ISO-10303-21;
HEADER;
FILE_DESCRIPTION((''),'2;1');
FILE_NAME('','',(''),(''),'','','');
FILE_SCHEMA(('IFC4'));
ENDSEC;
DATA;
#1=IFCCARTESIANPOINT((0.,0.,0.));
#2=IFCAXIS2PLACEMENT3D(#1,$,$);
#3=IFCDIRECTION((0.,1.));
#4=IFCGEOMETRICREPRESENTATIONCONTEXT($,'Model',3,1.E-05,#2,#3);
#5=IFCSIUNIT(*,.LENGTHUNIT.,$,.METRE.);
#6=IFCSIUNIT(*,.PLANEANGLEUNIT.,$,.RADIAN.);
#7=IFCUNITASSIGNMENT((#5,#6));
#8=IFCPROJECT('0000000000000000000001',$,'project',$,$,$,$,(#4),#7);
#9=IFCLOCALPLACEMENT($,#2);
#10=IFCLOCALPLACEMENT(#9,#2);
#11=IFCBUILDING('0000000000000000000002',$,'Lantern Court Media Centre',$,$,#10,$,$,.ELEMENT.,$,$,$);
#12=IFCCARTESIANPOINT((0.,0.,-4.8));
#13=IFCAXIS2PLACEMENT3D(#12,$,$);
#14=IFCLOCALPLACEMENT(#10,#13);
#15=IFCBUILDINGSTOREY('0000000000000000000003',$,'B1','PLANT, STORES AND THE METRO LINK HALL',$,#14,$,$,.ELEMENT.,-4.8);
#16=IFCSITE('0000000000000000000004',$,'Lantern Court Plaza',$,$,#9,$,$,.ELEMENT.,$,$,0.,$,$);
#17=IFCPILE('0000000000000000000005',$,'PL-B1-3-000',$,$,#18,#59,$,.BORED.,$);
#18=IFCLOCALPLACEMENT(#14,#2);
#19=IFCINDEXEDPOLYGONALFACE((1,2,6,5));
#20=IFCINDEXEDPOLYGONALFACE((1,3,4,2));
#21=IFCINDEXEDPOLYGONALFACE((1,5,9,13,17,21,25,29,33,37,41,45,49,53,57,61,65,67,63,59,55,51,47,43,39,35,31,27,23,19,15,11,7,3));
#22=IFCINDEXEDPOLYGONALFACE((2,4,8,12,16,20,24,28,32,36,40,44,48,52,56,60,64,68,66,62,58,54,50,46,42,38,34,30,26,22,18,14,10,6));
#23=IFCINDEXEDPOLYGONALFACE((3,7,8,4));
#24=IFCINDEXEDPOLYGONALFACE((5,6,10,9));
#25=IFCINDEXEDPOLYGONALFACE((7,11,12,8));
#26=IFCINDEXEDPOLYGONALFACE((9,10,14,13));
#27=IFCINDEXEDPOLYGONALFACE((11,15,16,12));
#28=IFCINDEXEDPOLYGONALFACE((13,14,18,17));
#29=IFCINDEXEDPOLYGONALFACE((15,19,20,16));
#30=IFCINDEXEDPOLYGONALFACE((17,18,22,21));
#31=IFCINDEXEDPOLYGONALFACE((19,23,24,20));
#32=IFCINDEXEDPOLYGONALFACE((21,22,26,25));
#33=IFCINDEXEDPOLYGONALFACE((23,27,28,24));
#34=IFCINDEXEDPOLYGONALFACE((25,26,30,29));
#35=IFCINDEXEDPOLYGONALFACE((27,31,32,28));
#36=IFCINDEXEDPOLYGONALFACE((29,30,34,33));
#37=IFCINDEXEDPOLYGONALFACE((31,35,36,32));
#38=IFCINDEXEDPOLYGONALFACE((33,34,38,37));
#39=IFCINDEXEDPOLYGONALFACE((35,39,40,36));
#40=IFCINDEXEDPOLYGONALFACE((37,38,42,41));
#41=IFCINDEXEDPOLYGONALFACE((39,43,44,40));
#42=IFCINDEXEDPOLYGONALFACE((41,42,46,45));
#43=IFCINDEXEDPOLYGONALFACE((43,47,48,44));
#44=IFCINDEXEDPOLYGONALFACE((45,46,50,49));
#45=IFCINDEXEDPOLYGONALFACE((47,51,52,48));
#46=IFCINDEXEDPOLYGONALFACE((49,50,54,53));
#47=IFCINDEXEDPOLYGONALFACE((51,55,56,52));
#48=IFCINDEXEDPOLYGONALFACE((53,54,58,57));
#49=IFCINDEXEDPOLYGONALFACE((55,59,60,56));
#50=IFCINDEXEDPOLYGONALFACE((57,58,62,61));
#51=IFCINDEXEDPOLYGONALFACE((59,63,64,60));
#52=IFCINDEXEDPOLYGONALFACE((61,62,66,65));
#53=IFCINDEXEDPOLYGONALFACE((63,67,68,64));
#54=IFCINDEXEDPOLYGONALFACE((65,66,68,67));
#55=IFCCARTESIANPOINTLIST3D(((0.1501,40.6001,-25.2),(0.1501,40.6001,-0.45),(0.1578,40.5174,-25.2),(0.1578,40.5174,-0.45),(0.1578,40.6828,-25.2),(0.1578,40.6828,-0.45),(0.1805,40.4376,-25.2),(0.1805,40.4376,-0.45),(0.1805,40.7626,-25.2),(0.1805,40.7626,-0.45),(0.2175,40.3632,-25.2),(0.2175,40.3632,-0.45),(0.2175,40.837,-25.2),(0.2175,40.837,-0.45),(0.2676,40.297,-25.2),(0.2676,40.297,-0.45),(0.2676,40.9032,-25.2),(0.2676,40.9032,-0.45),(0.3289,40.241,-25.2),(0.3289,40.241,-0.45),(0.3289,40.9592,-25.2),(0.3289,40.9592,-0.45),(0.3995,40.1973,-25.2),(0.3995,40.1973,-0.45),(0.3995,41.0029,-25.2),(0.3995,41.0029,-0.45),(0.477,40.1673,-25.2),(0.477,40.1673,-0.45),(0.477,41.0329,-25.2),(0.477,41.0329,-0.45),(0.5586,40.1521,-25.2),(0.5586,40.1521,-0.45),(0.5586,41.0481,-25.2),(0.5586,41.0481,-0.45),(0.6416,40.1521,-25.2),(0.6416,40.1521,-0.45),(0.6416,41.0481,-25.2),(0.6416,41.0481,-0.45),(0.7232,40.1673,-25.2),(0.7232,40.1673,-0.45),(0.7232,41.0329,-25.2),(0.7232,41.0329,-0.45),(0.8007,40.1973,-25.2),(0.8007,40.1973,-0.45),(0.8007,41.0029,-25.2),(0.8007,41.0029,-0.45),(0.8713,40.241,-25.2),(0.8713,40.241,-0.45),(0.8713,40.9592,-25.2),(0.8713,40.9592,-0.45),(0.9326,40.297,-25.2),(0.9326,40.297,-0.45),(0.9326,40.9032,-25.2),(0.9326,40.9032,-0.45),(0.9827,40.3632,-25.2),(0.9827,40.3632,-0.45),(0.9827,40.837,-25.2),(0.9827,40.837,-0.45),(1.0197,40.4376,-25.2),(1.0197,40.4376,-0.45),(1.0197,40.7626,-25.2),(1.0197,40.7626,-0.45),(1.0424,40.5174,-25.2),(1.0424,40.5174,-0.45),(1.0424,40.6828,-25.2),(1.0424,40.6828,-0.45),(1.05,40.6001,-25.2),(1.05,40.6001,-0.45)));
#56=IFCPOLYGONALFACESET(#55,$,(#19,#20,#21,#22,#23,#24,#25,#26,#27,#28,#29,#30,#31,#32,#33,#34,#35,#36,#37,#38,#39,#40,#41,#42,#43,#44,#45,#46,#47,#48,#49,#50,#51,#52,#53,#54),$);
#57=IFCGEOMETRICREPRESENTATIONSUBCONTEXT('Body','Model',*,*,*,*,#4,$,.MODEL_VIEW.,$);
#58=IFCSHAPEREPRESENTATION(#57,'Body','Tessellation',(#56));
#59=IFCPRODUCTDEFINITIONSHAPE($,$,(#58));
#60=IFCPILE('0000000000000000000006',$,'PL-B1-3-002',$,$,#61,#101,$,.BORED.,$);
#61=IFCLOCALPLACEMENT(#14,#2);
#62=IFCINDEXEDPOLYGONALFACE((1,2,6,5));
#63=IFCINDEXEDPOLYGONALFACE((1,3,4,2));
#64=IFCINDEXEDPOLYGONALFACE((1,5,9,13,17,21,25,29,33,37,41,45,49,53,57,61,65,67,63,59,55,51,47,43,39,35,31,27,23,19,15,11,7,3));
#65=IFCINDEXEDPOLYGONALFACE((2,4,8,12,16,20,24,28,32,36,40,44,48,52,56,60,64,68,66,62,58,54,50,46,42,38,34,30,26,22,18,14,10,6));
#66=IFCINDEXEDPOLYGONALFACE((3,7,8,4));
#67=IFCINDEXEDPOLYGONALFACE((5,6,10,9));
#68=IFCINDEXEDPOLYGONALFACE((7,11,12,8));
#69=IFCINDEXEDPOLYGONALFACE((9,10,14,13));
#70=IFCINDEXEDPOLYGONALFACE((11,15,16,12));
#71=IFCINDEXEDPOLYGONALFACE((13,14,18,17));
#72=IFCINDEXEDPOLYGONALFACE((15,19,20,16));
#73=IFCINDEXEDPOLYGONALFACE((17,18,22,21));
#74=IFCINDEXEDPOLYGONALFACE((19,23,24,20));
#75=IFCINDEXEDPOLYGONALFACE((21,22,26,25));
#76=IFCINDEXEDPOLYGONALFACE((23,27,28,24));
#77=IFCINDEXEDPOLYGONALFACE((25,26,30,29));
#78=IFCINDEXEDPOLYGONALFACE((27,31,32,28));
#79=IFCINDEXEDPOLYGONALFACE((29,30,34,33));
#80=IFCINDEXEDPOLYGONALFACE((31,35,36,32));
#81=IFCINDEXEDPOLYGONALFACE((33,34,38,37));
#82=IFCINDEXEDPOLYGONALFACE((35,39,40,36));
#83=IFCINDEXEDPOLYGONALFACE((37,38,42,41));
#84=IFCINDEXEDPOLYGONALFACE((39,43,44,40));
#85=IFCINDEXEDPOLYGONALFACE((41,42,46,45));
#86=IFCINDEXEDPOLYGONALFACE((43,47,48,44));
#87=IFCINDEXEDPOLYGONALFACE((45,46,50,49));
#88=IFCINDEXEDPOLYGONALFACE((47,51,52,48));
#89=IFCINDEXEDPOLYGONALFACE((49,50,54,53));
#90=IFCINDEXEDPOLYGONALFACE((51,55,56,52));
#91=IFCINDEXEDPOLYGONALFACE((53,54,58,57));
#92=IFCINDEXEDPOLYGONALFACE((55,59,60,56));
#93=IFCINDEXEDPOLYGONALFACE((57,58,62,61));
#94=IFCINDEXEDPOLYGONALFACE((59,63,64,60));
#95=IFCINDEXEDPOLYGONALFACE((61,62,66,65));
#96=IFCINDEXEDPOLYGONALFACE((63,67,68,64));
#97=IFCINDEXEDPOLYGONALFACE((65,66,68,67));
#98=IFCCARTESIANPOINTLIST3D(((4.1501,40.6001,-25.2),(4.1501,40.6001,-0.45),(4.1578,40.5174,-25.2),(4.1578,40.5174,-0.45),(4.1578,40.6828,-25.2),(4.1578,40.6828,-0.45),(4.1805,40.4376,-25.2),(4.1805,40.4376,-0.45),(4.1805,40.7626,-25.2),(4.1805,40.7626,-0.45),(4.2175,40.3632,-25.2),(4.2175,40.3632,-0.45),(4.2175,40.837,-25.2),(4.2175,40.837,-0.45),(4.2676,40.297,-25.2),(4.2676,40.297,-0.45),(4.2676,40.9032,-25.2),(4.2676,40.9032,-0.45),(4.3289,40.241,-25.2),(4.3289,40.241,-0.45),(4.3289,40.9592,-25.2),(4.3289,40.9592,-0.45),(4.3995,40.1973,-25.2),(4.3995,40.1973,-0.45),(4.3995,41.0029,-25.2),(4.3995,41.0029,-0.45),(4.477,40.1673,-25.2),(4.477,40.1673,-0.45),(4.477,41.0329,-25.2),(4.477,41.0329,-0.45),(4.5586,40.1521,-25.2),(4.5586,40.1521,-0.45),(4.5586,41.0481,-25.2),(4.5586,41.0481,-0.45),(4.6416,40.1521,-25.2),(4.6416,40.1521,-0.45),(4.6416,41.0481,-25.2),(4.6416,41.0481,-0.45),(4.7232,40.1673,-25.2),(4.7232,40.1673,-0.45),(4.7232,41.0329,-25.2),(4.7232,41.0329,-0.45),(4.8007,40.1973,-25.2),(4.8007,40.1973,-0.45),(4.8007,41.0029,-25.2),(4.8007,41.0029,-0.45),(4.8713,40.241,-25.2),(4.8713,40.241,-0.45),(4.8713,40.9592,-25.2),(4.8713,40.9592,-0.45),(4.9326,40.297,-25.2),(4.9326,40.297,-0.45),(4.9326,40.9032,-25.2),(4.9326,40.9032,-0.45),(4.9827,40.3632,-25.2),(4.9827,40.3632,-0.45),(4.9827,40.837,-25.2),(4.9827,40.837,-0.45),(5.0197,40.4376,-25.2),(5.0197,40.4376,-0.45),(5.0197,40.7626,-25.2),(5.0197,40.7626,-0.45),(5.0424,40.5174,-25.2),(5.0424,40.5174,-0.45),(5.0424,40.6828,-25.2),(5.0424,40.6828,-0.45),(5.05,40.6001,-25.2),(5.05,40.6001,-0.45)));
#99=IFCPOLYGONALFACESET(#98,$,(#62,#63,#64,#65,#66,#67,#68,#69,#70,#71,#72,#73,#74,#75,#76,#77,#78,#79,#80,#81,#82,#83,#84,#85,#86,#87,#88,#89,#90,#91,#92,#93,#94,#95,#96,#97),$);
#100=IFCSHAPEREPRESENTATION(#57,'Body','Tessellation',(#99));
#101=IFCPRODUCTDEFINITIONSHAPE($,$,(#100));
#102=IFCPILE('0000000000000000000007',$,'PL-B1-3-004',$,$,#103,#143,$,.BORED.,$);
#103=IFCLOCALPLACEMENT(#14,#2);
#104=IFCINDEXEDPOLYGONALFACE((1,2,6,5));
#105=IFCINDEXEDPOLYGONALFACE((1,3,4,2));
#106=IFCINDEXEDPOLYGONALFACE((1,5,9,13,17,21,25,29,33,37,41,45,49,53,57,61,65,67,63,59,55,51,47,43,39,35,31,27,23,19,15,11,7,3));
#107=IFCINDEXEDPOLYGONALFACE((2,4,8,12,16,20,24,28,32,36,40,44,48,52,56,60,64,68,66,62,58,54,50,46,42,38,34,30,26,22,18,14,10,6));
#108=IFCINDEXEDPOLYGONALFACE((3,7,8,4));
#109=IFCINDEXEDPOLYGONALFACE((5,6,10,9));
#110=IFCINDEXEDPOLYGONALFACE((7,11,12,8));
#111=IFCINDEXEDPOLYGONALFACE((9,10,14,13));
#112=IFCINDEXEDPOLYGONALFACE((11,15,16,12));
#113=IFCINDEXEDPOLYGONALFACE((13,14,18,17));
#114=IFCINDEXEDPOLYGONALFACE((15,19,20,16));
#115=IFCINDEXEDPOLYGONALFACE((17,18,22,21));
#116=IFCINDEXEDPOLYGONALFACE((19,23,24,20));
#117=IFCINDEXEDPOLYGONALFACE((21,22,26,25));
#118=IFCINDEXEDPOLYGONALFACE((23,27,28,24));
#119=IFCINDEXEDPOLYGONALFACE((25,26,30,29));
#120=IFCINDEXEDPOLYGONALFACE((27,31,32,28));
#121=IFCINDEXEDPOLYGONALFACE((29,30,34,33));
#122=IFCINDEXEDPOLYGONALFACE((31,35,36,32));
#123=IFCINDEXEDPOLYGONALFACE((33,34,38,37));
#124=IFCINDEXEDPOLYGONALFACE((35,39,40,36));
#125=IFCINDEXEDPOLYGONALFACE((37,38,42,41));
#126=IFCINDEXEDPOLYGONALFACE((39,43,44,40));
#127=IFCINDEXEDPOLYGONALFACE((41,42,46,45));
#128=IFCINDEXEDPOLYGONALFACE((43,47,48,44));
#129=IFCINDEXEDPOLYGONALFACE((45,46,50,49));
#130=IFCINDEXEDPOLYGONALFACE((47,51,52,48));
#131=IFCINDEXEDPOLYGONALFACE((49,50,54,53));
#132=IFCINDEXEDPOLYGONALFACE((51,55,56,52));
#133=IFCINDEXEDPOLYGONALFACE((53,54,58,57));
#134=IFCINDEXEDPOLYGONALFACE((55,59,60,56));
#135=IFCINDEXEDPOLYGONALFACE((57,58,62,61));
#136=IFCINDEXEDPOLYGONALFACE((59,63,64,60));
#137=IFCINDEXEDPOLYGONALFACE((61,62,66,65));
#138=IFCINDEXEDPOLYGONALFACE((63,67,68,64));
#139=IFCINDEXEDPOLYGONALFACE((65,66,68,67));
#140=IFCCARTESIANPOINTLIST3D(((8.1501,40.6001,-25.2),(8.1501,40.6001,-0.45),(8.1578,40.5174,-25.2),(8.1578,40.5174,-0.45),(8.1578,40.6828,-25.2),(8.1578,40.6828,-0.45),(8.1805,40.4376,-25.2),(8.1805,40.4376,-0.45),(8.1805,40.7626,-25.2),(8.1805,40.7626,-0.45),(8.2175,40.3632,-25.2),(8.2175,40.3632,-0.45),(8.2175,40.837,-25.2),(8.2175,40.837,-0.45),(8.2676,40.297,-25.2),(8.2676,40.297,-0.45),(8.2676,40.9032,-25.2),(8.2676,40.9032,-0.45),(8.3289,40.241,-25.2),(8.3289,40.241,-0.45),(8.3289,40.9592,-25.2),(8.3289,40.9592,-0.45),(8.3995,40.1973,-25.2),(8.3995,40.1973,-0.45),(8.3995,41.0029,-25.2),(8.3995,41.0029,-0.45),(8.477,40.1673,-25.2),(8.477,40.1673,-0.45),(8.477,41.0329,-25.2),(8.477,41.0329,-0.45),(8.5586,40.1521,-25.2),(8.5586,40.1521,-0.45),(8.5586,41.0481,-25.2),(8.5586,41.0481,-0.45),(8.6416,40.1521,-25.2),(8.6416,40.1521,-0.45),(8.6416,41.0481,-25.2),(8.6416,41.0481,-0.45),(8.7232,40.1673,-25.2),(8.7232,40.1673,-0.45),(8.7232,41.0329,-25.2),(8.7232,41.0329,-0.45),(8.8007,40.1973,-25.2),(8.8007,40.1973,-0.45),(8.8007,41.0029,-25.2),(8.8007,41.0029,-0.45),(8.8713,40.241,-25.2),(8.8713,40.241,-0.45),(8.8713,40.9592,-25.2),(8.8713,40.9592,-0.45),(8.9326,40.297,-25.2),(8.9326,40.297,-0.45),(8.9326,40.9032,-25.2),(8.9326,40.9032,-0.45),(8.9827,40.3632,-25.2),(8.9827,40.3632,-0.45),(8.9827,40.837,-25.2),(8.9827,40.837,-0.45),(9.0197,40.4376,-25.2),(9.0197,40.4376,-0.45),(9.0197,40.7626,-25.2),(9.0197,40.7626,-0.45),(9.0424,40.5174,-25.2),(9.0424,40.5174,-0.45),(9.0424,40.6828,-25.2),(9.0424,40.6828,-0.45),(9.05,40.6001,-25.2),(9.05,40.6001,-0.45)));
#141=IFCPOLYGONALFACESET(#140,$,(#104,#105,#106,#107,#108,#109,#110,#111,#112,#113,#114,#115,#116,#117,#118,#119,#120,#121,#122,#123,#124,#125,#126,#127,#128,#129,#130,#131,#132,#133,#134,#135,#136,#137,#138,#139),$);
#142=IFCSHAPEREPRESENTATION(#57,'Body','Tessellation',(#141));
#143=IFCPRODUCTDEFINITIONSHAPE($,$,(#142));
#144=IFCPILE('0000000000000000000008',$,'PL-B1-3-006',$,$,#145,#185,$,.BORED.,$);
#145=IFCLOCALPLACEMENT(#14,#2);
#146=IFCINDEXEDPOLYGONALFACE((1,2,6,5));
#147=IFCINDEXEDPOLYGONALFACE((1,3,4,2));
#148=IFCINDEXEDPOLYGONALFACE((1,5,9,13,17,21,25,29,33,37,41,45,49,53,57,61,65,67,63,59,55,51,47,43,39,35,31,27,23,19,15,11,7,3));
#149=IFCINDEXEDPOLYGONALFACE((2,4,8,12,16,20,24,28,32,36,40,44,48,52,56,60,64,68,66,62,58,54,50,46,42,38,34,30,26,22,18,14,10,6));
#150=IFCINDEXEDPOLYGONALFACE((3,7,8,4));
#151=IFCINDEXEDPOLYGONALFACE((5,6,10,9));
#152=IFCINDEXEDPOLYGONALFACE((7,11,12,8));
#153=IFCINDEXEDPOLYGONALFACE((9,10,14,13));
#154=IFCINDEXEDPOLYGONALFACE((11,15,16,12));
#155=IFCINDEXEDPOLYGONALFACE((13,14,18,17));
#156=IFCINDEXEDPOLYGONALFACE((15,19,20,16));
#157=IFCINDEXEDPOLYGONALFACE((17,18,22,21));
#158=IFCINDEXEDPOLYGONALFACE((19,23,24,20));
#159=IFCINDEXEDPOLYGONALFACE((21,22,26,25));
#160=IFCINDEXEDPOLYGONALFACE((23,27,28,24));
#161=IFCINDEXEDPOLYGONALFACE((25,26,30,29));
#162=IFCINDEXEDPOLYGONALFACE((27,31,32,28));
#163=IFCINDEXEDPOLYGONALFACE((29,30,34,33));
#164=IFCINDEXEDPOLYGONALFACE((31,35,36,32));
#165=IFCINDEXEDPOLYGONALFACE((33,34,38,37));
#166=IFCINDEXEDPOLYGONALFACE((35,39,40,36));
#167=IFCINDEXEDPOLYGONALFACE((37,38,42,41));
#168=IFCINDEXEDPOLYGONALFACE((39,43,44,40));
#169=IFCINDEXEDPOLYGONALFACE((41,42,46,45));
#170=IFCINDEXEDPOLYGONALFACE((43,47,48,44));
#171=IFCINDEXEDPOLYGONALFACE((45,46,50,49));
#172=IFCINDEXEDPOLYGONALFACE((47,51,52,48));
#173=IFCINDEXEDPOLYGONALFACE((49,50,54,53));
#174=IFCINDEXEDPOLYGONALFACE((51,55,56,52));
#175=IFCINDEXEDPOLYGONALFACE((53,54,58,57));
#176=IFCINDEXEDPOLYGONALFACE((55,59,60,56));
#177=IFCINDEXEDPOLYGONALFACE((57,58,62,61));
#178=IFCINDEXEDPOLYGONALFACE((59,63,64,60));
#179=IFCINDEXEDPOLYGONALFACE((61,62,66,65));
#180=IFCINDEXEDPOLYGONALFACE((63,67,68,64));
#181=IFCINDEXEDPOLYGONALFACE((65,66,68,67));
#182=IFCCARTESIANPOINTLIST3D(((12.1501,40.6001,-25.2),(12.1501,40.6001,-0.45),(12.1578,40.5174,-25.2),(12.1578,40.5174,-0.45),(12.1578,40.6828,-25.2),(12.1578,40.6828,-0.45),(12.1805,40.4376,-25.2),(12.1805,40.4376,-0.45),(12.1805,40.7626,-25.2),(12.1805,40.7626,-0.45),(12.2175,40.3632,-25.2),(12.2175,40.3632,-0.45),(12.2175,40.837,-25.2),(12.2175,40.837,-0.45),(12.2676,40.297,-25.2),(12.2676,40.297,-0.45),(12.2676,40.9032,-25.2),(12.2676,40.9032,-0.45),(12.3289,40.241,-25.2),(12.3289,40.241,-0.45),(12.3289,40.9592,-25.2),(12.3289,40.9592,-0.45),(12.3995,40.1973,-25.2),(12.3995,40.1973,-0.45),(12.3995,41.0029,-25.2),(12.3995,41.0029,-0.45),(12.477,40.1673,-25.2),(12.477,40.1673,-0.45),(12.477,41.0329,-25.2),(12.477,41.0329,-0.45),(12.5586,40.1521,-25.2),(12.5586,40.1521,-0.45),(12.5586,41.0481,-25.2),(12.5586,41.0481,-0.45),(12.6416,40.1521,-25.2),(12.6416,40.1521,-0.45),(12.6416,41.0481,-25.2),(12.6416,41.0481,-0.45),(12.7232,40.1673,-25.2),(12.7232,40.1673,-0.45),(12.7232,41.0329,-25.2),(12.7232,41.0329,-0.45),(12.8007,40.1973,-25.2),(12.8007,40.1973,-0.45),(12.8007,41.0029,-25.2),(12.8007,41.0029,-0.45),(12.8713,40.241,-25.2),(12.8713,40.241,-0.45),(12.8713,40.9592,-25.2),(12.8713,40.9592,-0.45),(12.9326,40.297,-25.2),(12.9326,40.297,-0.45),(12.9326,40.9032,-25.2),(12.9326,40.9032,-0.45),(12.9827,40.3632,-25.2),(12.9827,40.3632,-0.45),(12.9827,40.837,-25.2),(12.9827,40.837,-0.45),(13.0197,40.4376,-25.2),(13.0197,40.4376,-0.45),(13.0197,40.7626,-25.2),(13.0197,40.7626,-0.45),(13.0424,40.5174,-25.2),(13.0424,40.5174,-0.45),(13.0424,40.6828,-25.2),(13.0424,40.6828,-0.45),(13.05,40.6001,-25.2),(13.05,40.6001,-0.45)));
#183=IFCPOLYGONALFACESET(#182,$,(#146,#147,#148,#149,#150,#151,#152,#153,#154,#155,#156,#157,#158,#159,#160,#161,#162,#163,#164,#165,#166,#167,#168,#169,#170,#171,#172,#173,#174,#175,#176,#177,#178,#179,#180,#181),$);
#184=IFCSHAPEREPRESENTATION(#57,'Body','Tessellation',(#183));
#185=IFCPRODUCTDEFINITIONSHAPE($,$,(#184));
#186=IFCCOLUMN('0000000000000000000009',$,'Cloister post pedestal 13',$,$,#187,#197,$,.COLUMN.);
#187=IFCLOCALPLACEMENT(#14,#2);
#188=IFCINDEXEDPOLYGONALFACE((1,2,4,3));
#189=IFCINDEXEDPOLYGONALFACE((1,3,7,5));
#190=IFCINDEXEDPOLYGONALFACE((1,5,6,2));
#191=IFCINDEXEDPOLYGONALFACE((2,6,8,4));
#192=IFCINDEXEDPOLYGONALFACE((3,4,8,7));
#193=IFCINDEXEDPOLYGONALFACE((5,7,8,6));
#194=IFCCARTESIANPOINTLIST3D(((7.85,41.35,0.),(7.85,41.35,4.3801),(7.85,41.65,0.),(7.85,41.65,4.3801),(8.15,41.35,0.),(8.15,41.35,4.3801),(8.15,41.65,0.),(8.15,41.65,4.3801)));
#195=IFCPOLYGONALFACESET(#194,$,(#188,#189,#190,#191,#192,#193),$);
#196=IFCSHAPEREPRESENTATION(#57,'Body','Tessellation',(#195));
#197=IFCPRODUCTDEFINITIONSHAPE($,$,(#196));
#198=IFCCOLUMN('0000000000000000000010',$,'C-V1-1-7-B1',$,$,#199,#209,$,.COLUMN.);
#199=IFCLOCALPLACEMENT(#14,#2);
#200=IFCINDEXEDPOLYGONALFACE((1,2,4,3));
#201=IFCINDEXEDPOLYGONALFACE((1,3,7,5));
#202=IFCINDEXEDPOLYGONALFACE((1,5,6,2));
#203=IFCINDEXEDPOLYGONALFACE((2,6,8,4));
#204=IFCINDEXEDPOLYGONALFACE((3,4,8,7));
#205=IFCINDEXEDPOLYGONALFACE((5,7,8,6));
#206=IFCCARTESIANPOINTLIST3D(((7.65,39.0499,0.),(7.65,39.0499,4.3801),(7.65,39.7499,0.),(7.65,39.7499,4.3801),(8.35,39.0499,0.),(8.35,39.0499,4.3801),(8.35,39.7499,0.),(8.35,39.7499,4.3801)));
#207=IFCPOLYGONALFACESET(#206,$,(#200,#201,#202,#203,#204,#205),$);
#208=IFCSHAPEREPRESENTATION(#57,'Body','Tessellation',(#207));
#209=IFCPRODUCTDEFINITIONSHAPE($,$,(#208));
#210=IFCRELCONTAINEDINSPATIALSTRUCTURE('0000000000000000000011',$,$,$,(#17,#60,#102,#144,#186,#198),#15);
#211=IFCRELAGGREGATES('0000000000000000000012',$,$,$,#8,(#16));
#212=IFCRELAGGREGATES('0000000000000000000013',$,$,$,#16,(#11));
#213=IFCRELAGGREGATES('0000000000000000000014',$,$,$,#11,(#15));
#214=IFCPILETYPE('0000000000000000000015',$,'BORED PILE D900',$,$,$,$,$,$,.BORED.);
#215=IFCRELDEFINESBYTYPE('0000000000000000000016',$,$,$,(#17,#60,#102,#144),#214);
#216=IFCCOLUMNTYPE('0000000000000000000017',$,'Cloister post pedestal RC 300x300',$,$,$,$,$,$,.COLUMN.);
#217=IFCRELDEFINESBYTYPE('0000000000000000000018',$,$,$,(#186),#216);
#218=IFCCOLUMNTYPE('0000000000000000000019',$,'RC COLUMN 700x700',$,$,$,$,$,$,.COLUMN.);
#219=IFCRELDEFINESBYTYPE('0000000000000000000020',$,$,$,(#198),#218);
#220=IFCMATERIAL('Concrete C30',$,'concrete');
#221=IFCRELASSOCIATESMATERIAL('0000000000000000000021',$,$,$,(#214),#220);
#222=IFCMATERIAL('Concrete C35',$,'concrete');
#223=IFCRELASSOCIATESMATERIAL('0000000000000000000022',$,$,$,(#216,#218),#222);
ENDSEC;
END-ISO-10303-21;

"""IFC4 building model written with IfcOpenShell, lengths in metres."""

from ifc_helpers import new_model, si_unit, direction, frame, origin, origin_2d, place, context, subcontext, project, spatial, rectangle, circle, extrude, material, material_profile, profile_set, type_object, element, save


model = new_model("IFC4")

# Units and contexts
model_context = context("Model", 3, precision=1e-05, world=origin(), true_north=direction((0.0, 1.0)))
body_context = subcontext(model_context, "Body", "Model", "MODEL_VIEW")
ifc_project = project(units=[si_unit("LENGTHUNIT", "METRE"), si_unit("PLANEANGLEUNIT", "RADIAN")], contexts=[model_context])

# Site, building, storey
site_placement = place(None, origin())
site = spatial("IfcSite", under=ifc_project, at=site_placement, Name="Lantern Court Plaza", CompositionType="ELEMENT", RefElevation=0.0)
building_placement = place(site_placement, origin())
building = spatial("IfcBuilding", under=site, at=building_placement, Name="Lantern Court Media Centre", CompositionType="ELEMENT")
storey_placement = place(building_placement, frame((0.0, 0.0, -4.8)))
storey = spatial("IfcBuildingStorey", under=building, at=storey_placement, Name="B1", Description="PLANT, STORES AND THE METRO LINK HALL", CompositionType="ELEMENT", Elevation=-4.8)

# Piles
ifc_material_1 = material(Name="Concrete C30", Category="concrete")
ifc_material_profile_1 = material_profile(ifc_material_1, circle(Radius=0.45, at=origin_2d()), Name="D900")
ifc_profile_set_1 = profile_set([ifc_material_profile_1], Name="Concrete C30")
pile_type = type_object("IfcPileType", Name="BORED PILE D900", PredefinedType="BORED", material=ifc_profile_set_1)
for number, where, z_axis, x_axis, name in (
    (1, (0.6001, 40.6001, -0.45), (0.0, 0.0, -1.0), (1.0, 0.0, 0.0), "PL-B1-3-000"),
    (2, (4.6001, 40.6001, -0.45), (0.0, 0.0, -1.0), (1.0, 0.0, 0.0), "PL-B1-3-002"),
    (3, (8.6001, 40.6001, -0.45), (0.0, 0.0, -1.0), (1.0, 0.0, 0.0), "PL-B1-3-004"),
    (4, (12.6001, 40.6001, -0.45), (0.0, 0.0, -1.0), (1.0, 0.0, 0.0), "PL-B1-3-006"),
):
    element("IfcPile", number, at=place(storey_placement, frame(where, z_axis=z_axis, x_axis=x_axis)), inside=storey, type_object=pile_type, Name=name, PredefinedType="BORED", context=body_context, shape_type="SweptSolid", body=[
        extrude(circle(Radius=0.45, at=origin_2d()), origin(), (0.0, 0.0, 1.0), 24.75),
    ])

# Columns
ifc_material_2 = material(Name="Concrete C35", Category="concrete")
ifc_material_profile_2 = material_profile(ifc_material_2, rectangle(XDim=0.3, YDim=0.3, at=origin_2d()), Name="RC 300x300")
ifc_profile_set_2 = profile_set([ifc_material_profile_2], Name="Concrete C35")
column_type_1 = type_object("IfcColumnType", Name="Cloister post pedestal RC 300x300", PredefinedType="COLUMN", material=ifc_profile_set_2)
column_placement = place(storey_placement, frame((8.0, 41.5, 0.0), z_axis=(0.0, 0.0, 1.0), x_axis=(1.0, 0.0, 0.0)))
element("IfcColumn", 5, at=column_placement, inside=storey, type_object=column_type_1, Name="Cloister post pedestal 13", PredefinedType="COLUMN", context=body_context, shape_type="SweptSolid", body=[
    extrude(rectangle(XDim=0.3, YDim=0.3, at=origin_2d()), origin(), (0.0, 0.0, 1.0), 4.3801),
])
ifc_material_profile_3 = material_profile(ifc_material_2, rectangle(XDim=0.7, YDim=0.7, at=origin_2d()), Name="RC 700x700")
ifc_profile_set_3 = profile_set([ifc_material_profile_3], Name="Concrete C35")
column_type_2 = type_object("IfcColumnType", Name="RC COLUMN 700x700", PredefinedType="COLUMN", material=ifc_profile_set_3)
for number, where, z_axis, x_axis, name in (
    (6, (8.0, 39.3999, 0.0), (0.0, 0.0, 1.0), (1.0, 0.0, 0.0), "C-V1-1-7-B1"),
):
    element("IfcColumn", number, at=place(storey_placement, frame(where, z_axis=z_axis, x_axis=x_axis)), inside=storey, type_object=column_type_2, Name=name, PredefinedType="COLUMN", context=body_context, shape_type="SweptSolid", body=[
        extrude(rectangle(XDim=0.7, YDim=0.7, at=origin_2d()), origin(), (0.0, 0.0, 1.0), 4.3801),
    ])

save(model, "model.ifc")
